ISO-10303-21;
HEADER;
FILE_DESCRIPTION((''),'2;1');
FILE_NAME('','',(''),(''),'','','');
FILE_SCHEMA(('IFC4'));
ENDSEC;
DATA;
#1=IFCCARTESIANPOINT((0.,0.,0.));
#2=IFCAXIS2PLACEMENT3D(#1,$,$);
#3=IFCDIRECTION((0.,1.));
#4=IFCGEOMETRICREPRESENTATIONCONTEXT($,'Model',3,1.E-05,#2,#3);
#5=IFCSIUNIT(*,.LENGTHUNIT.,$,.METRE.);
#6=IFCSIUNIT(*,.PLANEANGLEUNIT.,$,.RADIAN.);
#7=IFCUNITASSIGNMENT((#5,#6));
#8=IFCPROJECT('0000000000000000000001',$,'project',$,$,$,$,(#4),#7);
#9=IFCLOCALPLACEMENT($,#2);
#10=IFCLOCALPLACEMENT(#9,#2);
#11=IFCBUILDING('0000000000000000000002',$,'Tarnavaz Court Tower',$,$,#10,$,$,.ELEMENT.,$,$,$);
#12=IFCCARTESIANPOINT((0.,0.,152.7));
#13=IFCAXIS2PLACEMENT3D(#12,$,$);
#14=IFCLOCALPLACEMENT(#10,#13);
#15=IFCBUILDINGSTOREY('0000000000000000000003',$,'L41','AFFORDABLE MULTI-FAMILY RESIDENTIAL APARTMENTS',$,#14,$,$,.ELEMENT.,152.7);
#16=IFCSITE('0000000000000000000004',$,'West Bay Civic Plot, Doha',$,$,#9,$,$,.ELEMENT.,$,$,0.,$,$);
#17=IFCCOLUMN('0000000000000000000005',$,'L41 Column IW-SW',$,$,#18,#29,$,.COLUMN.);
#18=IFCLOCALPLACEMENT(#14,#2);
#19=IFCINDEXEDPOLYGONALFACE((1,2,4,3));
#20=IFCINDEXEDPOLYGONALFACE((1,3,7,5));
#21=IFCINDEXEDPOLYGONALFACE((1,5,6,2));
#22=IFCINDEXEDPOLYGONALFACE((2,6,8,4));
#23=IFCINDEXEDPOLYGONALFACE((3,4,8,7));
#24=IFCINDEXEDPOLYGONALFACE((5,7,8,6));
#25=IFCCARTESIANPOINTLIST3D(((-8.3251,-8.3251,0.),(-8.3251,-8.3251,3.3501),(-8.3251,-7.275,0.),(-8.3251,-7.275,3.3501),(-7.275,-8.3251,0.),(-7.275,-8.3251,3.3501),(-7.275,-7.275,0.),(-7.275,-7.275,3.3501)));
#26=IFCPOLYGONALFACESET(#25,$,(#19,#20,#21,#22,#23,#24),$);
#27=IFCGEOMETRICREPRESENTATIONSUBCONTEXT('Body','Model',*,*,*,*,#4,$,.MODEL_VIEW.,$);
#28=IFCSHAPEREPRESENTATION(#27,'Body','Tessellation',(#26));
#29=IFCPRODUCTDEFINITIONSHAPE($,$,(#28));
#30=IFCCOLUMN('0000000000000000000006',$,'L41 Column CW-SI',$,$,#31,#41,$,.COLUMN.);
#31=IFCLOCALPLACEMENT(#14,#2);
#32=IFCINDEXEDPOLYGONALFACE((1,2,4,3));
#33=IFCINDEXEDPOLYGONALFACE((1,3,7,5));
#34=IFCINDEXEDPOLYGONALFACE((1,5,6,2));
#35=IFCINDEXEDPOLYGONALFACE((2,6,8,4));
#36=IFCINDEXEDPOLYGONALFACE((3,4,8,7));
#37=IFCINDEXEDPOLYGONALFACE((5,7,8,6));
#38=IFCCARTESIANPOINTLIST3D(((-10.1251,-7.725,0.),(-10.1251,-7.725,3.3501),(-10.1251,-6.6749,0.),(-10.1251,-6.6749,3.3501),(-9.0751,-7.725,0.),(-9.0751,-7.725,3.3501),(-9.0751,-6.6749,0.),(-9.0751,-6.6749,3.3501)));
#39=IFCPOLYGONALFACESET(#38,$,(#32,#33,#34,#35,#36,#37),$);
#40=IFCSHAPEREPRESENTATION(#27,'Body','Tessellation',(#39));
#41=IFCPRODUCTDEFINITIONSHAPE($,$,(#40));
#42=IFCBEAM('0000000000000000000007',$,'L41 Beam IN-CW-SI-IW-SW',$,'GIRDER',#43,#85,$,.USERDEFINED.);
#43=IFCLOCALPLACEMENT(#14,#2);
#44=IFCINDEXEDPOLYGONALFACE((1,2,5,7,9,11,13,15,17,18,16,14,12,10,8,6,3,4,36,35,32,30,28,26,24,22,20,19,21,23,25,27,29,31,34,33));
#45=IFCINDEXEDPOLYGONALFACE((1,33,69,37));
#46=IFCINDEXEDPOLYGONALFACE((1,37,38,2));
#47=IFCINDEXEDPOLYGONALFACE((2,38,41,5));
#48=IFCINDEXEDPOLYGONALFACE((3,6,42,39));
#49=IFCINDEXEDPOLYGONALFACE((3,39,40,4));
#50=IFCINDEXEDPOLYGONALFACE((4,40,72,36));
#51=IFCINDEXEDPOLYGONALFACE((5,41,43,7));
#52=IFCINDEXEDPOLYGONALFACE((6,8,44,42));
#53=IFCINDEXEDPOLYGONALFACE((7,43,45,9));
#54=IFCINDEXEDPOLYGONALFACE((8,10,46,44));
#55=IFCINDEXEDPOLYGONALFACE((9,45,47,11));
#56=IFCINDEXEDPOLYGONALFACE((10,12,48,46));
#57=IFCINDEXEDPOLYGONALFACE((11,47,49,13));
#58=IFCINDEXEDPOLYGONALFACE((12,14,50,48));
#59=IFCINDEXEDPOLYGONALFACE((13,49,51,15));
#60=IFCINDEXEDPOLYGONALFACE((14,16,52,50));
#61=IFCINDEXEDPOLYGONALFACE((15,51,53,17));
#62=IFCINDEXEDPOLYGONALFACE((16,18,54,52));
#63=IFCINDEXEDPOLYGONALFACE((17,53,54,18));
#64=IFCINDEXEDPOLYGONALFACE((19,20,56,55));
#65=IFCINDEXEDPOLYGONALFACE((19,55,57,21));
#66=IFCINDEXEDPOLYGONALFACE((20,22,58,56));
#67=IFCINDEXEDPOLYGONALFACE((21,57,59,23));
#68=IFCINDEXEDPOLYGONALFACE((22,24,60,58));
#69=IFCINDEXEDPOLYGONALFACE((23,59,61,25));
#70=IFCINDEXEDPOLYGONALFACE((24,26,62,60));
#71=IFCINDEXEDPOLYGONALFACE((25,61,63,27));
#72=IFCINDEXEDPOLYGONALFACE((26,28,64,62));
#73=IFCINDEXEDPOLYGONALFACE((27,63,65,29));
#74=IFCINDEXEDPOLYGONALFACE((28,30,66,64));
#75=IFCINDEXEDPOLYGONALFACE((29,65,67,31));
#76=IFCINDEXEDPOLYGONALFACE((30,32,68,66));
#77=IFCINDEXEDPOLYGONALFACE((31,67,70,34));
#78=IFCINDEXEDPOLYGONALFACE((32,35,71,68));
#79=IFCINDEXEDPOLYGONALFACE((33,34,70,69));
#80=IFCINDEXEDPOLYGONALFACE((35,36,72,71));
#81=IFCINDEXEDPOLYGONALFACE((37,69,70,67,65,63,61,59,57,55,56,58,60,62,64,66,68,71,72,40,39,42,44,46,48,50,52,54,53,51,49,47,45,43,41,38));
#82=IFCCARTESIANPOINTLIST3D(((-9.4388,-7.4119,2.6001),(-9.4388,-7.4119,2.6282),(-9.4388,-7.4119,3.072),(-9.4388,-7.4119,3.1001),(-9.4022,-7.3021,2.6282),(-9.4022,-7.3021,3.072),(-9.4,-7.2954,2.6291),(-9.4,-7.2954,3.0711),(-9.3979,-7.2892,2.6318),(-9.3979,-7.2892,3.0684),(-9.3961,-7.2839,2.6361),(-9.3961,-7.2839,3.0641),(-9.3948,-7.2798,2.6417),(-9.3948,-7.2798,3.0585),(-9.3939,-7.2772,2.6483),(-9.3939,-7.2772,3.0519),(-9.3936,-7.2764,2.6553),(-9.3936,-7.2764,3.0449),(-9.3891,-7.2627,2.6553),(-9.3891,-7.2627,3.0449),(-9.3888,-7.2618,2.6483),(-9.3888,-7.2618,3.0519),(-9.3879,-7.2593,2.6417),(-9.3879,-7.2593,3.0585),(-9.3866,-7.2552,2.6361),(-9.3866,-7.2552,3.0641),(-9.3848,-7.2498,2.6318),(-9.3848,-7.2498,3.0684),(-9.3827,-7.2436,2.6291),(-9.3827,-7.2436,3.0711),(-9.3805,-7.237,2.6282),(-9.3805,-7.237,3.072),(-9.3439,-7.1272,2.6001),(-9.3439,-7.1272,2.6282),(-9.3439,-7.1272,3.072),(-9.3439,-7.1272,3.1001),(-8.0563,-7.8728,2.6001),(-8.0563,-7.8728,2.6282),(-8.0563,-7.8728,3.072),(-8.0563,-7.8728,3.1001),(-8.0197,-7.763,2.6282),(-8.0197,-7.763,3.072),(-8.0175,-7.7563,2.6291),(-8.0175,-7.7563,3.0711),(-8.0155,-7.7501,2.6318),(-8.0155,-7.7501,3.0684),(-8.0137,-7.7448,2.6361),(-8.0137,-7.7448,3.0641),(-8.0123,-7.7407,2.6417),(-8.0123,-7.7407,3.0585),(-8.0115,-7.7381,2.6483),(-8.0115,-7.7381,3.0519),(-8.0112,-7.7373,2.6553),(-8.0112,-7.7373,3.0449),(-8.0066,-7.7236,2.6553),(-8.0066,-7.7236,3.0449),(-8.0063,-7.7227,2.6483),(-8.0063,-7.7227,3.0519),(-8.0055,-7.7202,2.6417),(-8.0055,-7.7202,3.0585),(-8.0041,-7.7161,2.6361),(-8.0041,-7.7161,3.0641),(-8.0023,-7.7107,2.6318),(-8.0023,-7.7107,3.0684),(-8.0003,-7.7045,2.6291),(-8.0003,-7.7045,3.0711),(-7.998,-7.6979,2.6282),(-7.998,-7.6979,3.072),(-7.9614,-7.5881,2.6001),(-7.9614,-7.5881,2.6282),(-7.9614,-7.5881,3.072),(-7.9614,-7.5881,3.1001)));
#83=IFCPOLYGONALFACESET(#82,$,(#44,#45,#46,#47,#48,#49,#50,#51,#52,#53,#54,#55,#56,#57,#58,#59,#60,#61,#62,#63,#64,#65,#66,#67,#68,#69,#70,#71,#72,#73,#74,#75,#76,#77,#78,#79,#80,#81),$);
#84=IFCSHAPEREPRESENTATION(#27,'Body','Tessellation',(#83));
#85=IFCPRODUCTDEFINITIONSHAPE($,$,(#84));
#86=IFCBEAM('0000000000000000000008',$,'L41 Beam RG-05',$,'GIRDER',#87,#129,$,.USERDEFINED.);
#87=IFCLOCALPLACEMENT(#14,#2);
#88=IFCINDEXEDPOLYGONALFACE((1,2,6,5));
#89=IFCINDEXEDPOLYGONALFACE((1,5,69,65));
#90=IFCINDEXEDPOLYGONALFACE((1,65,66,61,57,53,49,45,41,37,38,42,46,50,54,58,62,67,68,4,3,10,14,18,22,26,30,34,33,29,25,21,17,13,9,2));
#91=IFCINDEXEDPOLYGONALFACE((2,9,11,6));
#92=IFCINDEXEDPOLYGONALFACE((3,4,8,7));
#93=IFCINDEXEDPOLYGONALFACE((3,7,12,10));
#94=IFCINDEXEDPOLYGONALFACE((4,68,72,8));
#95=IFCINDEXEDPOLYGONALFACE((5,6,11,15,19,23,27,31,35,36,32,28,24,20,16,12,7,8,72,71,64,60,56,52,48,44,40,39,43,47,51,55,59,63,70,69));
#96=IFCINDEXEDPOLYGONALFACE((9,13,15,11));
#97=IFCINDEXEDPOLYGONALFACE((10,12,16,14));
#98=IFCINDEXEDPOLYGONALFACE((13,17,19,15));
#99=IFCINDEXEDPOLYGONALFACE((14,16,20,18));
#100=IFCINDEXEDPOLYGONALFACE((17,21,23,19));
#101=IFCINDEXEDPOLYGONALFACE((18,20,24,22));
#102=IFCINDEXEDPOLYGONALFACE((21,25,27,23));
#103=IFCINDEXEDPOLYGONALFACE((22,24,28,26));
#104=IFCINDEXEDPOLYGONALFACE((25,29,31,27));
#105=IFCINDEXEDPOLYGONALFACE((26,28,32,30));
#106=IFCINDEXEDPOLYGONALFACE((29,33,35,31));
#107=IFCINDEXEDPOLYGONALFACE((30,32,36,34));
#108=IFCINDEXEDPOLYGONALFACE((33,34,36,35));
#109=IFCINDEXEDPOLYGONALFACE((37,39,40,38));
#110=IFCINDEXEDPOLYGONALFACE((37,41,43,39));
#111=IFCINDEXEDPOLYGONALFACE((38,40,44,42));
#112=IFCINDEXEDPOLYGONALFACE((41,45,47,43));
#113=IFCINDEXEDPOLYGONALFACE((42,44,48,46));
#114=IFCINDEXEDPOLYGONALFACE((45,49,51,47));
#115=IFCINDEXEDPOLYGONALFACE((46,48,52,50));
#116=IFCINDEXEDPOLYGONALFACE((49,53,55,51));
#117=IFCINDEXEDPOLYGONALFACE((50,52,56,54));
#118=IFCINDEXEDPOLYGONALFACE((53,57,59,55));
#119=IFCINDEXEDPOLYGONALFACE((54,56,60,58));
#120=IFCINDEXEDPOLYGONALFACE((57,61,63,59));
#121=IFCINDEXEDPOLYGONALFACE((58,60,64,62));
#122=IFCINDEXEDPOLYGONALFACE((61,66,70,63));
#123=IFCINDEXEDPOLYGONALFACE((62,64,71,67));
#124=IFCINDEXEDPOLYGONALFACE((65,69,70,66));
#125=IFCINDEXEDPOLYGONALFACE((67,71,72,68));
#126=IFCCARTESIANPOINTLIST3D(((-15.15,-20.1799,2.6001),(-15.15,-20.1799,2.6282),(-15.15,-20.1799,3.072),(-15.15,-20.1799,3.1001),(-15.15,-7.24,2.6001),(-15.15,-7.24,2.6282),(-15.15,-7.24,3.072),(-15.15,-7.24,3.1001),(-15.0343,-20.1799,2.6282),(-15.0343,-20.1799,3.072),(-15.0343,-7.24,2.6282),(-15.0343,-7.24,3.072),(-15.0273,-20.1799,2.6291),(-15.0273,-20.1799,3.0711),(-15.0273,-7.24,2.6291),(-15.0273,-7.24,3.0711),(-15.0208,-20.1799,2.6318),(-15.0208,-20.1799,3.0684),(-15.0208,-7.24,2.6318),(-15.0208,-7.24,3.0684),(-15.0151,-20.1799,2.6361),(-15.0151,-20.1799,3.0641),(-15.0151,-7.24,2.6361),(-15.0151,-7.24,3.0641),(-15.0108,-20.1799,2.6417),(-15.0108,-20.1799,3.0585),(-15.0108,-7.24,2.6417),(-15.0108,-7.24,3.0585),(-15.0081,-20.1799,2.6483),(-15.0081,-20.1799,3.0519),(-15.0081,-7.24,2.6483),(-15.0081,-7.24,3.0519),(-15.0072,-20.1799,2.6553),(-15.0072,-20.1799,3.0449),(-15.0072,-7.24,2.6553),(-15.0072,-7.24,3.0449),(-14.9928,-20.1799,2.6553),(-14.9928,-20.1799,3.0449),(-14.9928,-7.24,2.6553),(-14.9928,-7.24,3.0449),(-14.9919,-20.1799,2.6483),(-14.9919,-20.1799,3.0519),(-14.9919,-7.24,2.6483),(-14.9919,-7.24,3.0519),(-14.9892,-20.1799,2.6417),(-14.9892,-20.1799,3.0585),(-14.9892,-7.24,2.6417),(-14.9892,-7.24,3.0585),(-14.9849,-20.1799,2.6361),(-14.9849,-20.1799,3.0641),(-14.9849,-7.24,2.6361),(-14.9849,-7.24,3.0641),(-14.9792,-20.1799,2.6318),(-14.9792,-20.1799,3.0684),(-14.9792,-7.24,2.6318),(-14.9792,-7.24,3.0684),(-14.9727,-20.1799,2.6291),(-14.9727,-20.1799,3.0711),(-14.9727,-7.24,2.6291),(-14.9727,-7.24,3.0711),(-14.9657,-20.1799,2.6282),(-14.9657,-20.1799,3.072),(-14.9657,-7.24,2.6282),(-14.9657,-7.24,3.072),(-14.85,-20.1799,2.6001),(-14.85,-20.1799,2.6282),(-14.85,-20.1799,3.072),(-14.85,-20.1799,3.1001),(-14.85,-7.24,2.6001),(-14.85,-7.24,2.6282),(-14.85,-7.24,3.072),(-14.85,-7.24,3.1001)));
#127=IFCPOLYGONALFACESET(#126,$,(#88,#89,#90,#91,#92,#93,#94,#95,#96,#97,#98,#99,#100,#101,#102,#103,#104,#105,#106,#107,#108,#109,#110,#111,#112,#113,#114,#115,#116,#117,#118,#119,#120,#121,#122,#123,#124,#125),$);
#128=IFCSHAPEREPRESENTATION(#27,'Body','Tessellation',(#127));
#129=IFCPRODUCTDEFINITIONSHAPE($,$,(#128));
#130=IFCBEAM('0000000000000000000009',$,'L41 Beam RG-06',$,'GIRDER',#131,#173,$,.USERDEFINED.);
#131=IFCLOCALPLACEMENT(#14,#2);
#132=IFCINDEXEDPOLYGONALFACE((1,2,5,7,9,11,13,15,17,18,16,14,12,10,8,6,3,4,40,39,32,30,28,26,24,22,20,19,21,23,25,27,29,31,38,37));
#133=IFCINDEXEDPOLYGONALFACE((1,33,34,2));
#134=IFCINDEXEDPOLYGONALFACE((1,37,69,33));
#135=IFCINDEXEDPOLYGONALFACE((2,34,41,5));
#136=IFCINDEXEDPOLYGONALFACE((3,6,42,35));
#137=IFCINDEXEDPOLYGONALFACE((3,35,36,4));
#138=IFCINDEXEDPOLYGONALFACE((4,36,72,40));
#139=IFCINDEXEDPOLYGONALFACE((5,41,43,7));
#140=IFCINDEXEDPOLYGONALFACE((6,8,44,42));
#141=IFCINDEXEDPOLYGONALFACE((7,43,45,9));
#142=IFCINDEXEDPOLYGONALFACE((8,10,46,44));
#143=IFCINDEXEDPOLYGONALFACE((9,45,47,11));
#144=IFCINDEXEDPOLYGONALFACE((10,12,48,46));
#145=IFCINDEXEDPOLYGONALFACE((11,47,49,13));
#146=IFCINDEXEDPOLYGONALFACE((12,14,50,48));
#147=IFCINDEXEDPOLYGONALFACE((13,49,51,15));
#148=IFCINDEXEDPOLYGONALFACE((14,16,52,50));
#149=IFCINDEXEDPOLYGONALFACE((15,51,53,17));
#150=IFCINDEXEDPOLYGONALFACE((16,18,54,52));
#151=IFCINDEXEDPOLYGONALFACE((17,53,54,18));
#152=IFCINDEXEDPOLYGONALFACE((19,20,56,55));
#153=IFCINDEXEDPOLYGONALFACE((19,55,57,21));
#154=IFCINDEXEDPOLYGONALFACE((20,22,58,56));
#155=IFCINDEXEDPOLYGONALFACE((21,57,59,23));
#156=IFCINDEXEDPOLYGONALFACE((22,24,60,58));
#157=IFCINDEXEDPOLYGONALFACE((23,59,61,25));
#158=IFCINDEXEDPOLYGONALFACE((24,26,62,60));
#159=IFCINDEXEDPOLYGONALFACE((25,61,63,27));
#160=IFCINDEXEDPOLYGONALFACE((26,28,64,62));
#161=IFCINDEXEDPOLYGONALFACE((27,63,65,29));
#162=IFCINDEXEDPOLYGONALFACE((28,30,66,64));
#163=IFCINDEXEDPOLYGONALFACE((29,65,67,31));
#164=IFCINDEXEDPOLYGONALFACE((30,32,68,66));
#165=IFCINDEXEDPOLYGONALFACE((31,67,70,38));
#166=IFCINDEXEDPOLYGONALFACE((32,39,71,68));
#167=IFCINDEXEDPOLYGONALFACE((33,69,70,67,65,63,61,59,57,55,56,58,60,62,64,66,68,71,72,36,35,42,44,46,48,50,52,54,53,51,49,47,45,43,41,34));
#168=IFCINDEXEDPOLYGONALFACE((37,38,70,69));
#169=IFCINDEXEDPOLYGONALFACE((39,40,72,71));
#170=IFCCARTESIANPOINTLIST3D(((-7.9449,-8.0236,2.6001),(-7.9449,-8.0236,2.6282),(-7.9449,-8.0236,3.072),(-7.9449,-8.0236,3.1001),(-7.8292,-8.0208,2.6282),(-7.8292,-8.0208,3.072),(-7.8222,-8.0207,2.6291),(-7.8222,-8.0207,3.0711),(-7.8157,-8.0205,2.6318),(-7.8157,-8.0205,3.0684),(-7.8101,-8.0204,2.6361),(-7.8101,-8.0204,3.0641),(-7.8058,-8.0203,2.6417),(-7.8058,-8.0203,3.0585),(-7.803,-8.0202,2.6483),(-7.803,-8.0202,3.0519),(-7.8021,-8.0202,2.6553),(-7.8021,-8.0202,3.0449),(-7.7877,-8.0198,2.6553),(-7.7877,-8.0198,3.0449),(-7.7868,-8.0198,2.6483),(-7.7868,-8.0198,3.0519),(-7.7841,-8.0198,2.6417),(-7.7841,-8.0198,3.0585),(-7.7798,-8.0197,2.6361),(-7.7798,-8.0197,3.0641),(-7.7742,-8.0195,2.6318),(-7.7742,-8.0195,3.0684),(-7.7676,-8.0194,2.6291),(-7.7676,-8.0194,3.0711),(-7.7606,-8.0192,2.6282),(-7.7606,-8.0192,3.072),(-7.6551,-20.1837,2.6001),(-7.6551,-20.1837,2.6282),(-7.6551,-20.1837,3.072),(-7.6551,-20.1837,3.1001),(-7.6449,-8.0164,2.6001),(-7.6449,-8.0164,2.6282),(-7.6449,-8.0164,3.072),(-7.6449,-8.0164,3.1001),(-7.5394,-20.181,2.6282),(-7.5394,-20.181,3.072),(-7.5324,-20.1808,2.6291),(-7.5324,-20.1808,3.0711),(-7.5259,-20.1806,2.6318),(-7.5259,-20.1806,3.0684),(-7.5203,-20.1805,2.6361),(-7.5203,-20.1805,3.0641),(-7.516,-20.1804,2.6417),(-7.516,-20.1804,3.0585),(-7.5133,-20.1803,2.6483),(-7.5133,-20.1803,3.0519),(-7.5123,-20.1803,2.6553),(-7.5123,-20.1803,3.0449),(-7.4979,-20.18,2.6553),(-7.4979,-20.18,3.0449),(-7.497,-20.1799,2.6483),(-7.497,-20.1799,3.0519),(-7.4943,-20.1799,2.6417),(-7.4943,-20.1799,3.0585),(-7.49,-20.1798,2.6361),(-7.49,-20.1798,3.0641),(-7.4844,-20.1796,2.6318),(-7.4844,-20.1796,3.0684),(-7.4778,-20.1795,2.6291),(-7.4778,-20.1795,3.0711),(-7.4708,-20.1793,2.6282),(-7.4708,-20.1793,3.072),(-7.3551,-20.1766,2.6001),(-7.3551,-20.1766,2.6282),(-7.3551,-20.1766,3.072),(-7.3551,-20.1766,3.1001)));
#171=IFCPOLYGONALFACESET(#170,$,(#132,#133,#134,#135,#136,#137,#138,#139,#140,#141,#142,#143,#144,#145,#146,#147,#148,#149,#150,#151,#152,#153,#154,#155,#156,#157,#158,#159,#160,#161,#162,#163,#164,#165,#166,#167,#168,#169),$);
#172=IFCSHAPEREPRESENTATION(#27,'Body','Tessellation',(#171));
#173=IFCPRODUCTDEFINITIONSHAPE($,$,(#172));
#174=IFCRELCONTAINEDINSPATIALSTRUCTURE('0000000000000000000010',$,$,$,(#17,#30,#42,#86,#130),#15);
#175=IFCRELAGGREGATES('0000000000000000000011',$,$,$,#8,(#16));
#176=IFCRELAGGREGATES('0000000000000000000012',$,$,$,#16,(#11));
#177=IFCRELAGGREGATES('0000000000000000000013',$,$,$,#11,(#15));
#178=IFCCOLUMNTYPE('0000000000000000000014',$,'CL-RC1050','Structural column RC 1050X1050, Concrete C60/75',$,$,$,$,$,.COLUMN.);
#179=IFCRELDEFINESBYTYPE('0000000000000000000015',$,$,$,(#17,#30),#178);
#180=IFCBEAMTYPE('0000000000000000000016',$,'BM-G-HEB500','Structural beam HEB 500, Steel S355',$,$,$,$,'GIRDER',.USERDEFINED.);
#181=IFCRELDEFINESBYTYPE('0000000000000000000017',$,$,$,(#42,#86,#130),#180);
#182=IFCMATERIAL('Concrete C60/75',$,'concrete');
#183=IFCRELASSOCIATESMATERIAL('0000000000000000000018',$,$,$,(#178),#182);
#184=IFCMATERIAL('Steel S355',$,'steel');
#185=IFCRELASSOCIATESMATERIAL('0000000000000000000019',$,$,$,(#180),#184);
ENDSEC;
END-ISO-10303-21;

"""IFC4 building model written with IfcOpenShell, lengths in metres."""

from ifc_helpers import new_model, si_unit, direction, frame, origin, origin_2d, place, context, subcontext, project, spatial, rectangle, i_section, extrude, material, material_profile, profile_set, type_object, element, save


model = new_model("IFC4")

# Units and contexts
model_context = context("Model", 3, precision=1e-05, world=origin(), true_north=direction((0.0, 1.0)))
body_context = subcontext(model_context, "Body", "Model", "MODEL_VIEW")
ifc_project = project(units=[si_unit("LENGTHUNIT", "METRE"), si_unit("PLANEANGLEUNIT", "RADIAN")], contexts=[model_context])

# Site, building, storey
site_placement = place(None, origin())
site = spatial("IfcSite", under=ifc_project, at=site_placement, Name="West Bay Civic Plot, Doha", CompositionType="ELEMENT", RefElevation=0.0)
building_placement = place(site_placement, origin())
building = spatial("IfcBuilding", under=site, at=building_placement, Name="Tarnavaz Court Tower", CompositionType="ELEMENT")
storey_placement = place(building_placement, frame((0.0, 0.0, 152.7)))
storey = spatial("IfcBuildingStorey", under=building, at=storey_placement, Name="L41", Description="AFFORDABLE MULTI-FAMILY RESIDENTIAL APARTMENTS", CompositionType="ELEMENT", Elevation=152.7)

# Columns
ifc_material_1 = material(Name="Concrete C60/75", Category="concrete")
ifc_material_profile_1 = material_profile(ifc_material_1, rectangle(XDim=1.05, YDim=1.05, at=origin_2d()), Name="RC 1050X1050")
ifc_profile_set_1 = profile_set([ifc_material_profile_1], Name="Concrete C60/75")
column_type = type_object("IfcColumnType", Name="CL-RC1050", Description="Structural column RC 1050X1050, Concrete C60/75", PredefinedType="COLUMN", material=ifc_profile_set_1)
for number, where, z_axis, x_axis, name in (
    (1, (-7.8, -7.8, 0.0), (0.0, 0.0, 1.0), (1.0, 0.0, 0.0), "L41 Column IW-SW"),
    (2, (-9.6001, -7.2, 0.0), (0.0, 0.0, 1.0), (1.0, 0.0, 0.0), "L41 Column CW-SI"),
):
    element("IfcColumn", number, at=place(storey_placement, frame(where, z_axis=z_axis, x_axis=x_axis)), inside=storey, type_object=column_type, Name=name, PredefinedType="COLUMN", context=body_context, shape_type="SweptSolid", body=[
        extrude(rectangle(XDim=1.05, YDim=1.05, at=origin_2d()), origin(), (0.0, 0.0, 1.0), 3.3501),
    ])

# Beams
ifc_material_2 = material(Name="Steel S355", Category="steel")
ifc_material_profile_2 = material_profile(ifc_material_2, i_section(OverallWidth=0.3, OverallDepth=0.5, WebThickness=0.0144, FlangeThickness=0.0281, FilletRadius=0.0271, at=origin_2d()), Name="HEB 500")
ifc_profile_set_2 = profile_set([ifc_material_profile_2], Name="Steel S355")
beam_type_1 = type_object("IfcBeamType", Name="BM-G-HEB500", Description="Structural beam HEB 500, Steel S355", ElementType="GIRDER", PredefinedType="USERDEFINED", material=ifc_profile_set_2)
beam_1_placement = place(storey_placement, frame((-9.3914, -7.2695, 2.8501), z_axis=(0.948667, -0.316278, 0.0), x_axis=(0.316278, 0.948667, 0.0)))
element("IfcBeam", 3, at=beam_1_placement, inside=storey, type_object=beam_type_1, Name="L41 Beam IN-CW-SI-IW-SW", ObjectType="GIRDER", PredefinedType="USERDEFINED", context=body_context, shape_type="SweptSolid", body=[
    extrude(i_section(OverallWidth=0.3, OverallDepth=0.5, WebThickness=0.0144, FlangeThickness=0.0281, FilletRadius=0.0271, at=origin_2d()), origin(), (0.0, 0.0, 1.0), 1.4573),
])
beam_2_placement = place(storey_placement, frame((-15.0, -7.24, 2.8501), z_axis=(0.0, -1.0, 0.0), x_axis=(1.0, 0.0, 0.0)))
element("IfcBeam", 4, at=beam_2_placement, inside=storey, type_object=beam_type_1, Name="L41 Beam RG-05", ObjectType="GIRDER", PredefinedType="USERDEFINED", context=body_context, shape_type="SweptSolid", body=[
    extrude(i_section(OverallWidth=0.3, OverallDepth=0.5, WebThickness=0.0144, FlangeThickness=0.0281, FilletRadius=0.0271, at=origin_2d()), origin(), (0.0, 0.0, 1.0), 12.9399),
])
beam_3_placement = place(storey_placement, frame((-7.7949, -8.02, 2.8501), z_axis=(0.023825, -0.999716, 0.0), x_axis=(0.999716, 0.023825, 0.0)))
element("IfcBeam", 5, at=beam_3_placement, inside=storey, type_object=beam_type_1, Name="L41 Beam RG-06", ObjectType="GIRDER", PredefinedType="USERDEFINED", context=body_context, shape_type="SweptSolid", body=[
    extrude(i_section(OverallWidth=0.3, OverallDepth=0.5, WebThickness=0.0144, FlangeThickness=0.0281, FilletRadius=0.0271, at=origin_2d()), origin(), (0.0, 0.0, 1.0), 12.1636),
])

save(model, "model.ifc")
